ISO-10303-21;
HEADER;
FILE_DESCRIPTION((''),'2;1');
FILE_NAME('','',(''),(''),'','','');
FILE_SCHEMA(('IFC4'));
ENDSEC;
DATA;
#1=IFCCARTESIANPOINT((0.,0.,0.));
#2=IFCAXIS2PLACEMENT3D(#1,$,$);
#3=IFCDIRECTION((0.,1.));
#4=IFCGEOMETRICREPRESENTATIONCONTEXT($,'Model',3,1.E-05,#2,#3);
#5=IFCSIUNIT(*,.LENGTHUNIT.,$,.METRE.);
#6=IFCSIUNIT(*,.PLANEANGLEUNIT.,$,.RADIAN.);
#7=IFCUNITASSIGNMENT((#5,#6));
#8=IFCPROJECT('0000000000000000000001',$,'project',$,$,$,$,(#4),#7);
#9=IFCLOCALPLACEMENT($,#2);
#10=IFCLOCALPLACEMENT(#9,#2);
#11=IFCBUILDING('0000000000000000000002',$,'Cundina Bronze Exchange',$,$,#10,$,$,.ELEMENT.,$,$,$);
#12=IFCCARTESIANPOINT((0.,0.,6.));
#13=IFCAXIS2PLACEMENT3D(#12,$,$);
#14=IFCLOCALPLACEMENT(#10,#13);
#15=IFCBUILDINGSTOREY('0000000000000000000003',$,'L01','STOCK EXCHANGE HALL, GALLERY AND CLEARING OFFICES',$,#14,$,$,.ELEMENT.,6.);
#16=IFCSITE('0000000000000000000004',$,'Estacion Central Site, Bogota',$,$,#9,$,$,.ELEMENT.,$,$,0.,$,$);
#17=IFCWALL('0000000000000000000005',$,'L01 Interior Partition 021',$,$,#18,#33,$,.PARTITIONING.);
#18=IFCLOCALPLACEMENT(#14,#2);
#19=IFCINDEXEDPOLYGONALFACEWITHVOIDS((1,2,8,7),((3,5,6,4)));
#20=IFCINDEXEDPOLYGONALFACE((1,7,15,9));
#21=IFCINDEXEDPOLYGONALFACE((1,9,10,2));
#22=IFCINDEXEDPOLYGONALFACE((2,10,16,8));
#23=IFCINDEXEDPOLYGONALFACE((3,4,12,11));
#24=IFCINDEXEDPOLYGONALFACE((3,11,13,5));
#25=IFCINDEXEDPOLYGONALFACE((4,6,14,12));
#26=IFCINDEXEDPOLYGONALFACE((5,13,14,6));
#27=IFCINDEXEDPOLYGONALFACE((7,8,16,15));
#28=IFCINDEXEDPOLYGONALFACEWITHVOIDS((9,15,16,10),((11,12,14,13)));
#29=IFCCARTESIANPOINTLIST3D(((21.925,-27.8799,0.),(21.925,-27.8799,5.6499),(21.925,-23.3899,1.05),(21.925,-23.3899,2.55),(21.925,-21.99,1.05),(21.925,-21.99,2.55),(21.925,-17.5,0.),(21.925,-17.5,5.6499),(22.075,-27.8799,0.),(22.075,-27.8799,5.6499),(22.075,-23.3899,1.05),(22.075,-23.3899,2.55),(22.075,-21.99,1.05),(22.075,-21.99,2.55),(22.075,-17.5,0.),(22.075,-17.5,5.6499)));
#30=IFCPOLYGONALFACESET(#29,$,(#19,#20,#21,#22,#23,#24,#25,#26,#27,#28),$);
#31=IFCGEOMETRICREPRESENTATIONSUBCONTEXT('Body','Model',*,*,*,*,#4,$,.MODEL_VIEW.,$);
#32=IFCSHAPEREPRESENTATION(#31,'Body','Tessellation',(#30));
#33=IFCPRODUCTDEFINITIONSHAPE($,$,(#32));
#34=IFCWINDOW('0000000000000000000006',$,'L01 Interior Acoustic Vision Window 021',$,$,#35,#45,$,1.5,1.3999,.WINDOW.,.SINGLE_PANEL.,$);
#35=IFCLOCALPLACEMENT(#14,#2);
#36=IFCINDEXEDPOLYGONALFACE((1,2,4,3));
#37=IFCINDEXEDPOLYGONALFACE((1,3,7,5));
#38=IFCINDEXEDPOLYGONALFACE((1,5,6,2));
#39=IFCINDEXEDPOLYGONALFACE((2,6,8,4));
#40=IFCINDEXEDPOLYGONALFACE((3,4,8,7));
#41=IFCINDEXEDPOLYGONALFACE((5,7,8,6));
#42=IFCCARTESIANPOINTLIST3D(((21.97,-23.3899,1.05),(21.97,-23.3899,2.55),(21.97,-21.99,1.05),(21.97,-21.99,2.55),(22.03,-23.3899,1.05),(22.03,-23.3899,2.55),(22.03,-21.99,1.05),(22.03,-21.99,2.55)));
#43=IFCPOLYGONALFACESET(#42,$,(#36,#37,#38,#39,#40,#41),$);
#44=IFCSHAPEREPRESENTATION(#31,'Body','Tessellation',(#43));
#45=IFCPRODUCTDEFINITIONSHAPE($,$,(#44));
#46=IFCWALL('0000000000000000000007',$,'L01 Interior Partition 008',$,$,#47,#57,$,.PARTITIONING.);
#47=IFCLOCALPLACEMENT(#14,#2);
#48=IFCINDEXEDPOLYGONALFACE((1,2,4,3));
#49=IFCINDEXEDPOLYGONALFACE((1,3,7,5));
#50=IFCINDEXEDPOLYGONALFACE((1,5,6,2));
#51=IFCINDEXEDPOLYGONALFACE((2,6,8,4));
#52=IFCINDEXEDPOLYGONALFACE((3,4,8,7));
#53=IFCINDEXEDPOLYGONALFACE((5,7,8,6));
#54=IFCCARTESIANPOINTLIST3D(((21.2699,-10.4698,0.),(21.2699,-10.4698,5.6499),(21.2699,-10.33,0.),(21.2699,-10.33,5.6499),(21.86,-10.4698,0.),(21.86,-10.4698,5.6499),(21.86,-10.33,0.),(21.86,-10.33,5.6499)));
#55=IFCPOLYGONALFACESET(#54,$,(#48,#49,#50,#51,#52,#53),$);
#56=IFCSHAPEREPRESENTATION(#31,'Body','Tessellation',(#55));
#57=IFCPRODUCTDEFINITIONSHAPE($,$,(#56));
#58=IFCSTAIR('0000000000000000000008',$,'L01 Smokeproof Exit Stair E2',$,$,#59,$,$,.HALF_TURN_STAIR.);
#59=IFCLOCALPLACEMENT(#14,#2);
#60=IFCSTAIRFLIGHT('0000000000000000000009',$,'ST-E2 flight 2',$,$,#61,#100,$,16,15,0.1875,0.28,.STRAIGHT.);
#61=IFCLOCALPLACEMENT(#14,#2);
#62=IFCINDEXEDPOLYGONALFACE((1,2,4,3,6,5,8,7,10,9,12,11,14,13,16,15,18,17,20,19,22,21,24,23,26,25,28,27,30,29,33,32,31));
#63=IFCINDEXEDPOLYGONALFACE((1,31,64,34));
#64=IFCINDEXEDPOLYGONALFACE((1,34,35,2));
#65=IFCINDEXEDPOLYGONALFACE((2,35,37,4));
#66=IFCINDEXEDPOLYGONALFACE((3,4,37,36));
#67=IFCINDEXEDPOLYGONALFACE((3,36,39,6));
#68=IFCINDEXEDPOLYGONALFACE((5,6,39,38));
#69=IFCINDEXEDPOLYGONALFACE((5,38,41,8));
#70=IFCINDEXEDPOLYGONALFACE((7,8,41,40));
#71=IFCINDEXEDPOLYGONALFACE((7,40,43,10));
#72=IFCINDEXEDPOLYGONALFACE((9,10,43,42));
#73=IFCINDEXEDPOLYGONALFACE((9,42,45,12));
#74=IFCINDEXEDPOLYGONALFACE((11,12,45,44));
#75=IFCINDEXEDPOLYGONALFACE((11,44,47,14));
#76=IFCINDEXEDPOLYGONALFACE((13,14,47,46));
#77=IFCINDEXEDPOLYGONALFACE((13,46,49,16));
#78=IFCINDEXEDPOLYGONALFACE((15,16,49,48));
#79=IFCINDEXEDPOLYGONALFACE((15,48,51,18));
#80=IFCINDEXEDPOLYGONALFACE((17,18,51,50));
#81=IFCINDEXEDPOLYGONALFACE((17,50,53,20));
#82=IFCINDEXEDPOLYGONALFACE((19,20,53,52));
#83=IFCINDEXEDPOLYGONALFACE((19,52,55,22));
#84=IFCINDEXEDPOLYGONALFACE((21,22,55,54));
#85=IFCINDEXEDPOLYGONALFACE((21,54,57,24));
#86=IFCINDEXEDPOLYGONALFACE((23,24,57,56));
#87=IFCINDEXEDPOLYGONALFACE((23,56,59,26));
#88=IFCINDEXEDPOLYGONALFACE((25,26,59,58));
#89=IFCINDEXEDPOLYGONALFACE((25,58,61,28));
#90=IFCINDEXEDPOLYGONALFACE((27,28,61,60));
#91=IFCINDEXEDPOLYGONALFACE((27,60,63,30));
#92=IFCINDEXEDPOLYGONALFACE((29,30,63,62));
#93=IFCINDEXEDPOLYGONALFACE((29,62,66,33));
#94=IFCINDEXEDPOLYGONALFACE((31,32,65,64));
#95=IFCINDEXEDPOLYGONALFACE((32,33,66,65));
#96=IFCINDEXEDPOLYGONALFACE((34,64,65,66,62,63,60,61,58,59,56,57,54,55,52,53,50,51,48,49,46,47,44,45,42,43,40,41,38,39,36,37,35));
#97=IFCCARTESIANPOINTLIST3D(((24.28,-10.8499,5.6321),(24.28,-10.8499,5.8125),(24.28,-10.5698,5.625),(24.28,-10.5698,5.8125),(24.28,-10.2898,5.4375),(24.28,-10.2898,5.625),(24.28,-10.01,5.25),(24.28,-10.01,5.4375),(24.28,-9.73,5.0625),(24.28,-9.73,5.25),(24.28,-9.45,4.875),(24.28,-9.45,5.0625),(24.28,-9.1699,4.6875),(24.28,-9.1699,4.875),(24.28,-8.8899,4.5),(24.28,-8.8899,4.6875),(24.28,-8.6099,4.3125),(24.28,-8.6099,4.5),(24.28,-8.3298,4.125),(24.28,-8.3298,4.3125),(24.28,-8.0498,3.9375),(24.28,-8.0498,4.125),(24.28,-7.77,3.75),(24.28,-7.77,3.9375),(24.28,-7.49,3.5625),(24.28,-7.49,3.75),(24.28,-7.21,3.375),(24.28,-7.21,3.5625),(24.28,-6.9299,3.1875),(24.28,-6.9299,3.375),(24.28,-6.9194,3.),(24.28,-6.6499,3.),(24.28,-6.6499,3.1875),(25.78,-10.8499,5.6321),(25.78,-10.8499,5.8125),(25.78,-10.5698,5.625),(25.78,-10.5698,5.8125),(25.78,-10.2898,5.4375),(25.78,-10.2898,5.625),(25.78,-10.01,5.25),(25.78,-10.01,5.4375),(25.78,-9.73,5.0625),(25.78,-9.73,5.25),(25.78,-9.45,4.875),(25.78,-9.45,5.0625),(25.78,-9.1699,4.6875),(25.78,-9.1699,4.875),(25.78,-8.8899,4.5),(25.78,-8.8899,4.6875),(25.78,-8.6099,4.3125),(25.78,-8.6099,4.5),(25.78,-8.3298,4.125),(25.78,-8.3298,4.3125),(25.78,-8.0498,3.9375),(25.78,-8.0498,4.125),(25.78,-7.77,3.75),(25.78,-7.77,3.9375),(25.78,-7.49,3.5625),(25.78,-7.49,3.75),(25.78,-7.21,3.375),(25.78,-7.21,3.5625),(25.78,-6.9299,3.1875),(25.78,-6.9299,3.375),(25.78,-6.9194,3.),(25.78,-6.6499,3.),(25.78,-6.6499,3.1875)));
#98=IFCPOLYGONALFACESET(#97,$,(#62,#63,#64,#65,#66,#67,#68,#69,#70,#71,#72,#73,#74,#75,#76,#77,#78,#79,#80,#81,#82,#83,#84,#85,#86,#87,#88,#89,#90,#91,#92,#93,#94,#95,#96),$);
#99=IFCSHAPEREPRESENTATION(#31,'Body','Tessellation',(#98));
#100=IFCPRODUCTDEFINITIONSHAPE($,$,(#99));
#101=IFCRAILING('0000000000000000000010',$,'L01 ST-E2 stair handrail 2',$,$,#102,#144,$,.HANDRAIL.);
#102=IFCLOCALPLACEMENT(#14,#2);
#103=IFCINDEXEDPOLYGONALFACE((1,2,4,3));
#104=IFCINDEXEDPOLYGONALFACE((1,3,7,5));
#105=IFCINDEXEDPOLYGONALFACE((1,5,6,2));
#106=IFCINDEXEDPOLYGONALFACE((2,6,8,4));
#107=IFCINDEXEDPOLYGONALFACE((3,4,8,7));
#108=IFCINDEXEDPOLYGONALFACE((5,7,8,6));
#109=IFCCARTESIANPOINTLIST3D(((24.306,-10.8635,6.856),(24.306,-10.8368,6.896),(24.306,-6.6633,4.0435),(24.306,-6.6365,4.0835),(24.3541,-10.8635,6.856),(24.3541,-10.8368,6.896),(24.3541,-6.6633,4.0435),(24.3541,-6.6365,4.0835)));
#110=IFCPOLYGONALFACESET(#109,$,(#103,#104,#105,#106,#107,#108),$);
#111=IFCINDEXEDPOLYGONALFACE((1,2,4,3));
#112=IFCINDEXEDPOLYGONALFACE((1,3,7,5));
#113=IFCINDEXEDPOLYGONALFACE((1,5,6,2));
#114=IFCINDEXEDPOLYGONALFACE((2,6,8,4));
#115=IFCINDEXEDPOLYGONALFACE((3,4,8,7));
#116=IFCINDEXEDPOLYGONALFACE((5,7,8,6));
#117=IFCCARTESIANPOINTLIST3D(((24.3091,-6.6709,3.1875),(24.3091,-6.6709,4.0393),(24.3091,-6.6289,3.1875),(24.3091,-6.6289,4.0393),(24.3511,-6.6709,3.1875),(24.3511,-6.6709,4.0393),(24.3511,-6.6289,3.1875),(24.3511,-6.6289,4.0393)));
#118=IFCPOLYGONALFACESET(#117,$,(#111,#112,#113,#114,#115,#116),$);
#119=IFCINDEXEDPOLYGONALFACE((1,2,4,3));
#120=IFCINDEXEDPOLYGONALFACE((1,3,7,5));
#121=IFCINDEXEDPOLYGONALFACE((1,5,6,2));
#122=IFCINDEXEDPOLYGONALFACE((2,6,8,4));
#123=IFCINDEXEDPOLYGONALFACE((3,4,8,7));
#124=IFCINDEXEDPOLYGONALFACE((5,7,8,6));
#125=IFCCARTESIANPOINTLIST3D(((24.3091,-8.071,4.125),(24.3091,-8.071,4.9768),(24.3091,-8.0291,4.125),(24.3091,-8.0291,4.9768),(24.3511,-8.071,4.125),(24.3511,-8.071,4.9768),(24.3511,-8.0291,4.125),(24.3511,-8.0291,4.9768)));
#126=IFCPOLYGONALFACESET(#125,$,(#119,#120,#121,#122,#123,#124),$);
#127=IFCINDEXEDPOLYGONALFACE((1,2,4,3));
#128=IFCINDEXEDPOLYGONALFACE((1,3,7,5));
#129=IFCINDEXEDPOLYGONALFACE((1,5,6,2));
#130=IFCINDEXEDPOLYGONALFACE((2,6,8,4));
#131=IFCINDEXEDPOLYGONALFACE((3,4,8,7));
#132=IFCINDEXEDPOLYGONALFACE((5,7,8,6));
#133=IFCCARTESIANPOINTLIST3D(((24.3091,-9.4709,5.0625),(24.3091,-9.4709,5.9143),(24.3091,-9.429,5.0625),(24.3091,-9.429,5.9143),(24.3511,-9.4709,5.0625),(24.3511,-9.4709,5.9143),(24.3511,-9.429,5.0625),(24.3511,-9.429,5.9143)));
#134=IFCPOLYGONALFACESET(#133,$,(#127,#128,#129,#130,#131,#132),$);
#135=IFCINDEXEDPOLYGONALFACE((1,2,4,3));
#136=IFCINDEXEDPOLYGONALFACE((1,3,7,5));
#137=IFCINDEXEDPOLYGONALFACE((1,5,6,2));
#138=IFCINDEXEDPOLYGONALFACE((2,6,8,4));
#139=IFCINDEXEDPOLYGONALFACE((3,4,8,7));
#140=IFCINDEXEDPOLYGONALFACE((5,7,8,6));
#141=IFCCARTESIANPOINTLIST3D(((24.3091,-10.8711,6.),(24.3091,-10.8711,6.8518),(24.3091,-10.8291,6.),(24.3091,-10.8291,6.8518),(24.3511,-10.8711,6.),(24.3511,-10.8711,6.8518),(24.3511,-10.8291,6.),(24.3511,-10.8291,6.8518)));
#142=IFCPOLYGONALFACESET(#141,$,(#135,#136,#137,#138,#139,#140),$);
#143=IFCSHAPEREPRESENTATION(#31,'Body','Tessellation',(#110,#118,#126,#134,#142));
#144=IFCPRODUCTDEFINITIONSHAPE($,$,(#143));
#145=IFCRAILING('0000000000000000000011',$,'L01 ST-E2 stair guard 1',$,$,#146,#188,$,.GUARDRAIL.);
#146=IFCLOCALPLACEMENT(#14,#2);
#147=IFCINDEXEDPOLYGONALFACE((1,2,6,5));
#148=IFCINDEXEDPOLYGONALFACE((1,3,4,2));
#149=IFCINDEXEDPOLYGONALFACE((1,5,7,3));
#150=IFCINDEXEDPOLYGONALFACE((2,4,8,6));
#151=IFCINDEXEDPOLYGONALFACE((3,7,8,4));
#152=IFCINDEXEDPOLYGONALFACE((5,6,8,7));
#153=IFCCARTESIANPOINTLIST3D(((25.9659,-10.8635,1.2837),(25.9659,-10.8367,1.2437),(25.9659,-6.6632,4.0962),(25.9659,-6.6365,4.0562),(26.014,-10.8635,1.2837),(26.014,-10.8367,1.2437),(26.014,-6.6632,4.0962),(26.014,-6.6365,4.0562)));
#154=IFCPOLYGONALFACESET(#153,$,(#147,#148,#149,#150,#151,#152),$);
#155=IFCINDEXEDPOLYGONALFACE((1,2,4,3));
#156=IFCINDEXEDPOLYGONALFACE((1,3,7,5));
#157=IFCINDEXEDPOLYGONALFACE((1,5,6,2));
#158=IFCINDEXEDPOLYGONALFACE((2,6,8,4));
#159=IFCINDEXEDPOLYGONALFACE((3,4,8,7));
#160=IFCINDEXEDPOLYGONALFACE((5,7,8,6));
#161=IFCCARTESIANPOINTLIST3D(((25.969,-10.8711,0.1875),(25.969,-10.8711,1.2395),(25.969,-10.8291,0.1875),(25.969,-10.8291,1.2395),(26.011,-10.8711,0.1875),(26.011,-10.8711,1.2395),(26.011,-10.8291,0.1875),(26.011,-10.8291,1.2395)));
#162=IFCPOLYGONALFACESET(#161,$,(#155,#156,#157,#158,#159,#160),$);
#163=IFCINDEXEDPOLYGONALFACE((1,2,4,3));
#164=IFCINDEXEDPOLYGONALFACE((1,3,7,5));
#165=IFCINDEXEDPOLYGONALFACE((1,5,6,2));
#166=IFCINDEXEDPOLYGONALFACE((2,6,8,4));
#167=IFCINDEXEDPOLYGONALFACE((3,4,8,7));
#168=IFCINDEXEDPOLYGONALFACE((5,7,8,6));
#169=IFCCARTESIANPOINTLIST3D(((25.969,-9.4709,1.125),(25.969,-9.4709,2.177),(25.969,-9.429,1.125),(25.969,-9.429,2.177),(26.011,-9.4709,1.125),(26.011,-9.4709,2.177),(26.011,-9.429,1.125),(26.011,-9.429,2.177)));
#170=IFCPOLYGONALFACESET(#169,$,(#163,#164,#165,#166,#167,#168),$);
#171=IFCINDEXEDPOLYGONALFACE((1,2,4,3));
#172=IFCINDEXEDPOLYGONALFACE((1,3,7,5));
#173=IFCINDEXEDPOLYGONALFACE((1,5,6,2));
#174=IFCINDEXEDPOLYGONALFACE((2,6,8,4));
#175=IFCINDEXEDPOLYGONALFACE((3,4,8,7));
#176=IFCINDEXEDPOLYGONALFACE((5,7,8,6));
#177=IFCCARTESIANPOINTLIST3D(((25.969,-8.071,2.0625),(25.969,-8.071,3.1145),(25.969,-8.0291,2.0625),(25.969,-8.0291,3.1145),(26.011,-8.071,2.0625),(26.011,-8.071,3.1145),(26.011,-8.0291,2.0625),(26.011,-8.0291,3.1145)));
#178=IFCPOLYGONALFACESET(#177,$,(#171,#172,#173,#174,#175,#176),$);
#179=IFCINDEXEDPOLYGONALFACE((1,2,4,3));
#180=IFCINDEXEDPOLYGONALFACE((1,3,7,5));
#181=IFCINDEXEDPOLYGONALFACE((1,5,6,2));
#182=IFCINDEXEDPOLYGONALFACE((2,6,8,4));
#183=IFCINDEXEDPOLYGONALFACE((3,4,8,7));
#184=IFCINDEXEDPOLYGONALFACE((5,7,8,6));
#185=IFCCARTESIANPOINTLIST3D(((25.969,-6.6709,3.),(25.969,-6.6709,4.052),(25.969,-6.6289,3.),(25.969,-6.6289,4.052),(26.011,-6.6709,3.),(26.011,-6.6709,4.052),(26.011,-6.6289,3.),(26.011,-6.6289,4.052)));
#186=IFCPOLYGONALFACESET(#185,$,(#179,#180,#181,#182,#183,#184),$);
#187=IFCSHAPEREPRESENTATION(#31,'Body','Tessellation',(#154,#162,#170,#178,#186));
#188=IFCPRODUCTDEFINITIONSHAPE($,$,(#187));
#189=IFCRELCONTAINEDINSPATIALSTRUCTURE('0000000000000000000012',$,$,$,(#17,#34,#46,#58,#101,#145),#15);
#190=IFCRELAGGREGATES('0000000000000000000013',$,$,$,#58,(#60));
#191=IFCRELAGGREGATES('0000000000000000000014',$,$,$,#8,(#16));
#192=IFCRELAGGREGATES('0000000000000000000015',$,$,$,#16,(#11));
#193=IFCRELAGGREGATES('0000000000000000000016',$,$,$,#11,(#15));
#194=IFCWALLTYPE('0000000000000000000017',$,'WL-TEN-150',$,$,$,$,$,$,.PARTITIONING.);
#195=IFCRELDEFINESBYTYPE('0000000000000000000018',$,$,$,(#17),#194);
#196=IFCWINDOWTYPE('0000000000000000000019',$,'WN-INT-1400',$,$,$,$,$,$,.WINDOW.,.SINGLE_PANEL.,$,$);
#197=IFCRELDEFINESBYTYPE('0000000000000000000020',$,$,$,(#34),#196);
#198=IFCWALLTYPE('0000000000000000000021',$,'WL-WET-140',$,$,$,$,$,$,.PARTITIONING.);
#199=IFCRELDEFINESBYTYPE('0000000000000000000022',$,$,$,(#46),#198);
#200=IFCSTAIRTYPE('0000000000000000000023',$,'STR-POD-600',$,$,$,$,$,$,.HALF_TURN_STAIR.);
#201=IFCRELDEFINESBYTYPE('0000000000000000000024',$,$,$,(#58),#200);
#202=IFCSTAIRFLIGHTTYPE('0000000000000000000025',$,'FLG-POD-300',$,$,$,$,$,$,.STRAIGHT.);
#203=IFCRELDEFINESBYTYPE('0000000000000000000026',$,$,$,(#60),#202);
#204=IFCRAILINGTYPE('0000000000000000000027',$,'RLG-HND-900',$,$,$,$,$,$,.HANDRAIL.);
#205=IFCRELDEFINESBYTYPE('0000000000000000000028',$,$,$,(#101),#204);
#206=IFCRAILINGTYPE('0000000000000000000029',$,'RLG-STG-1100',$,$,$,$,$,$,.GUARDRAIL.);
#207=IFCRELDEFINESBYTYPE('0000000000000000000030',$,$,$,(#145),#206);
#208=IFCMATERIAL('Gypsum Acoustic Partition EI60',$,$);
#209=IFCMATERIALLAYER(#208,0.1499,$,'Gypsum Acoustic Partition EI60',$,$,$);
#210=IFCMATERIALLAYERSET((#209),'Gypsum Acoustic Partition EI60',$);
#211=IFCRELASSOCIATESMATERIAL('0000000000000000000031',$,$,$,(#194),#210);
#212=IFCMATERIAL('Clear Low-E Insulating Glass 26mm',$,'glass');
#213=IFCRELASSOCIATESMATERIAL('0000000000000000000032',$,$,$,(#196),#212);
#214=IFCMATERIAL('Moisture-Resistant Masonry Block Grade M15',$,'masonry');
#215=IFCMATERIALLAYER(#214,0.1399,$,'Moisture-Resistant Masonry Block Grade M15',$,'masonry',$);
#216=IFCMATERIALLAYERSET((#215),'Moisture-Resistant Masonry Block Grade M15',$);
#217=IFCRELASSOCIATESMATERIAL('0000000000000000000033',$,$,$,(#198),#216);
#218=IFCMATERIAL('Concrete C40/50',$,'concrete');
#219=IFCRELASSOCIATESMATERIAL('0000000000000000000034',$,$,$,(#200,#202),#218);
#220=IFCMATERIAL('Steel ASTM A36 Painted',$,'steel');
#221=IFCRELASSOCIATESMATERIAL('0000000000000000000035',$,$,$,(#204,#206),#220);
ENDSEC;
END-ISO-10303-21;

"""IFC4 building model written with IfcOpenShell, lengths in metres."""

from ifc_helpers import new_model, si_unit, direction, frame, frame_2d, origin, origin_2d, place, context, subcontext, project, spatial, polyline, rectangle, outline, extrude, material, layer, layer_set, type_object, element, fill, aggregate, save


model = new_model("IFC4")

# Units and contexts
model_context = context("Model", 3, precision=1e-05, world=origin(), true_north=direction((0.0, 1.0)))
body_context = subcontext(model_context, "Body", "Model", "MODEL_VIEW")
ifc_project = project(units=[si_unit("LENGTHUNIT", "METRE"), si_unit("PLANEANGLEUNIT", "RADIAN")], contexts=[model_context])

# Site, building, storey
site_placement = place(None, origin())
site = spatial("IfcSite", under=ifc_project, at=site_placement, Name="Estacion Central Site, Bogota", CompositionType="ELEMENT", RefElevation=0.0)
building_placement = place(site_placement, origin())
building = spatial("IfcBuilding", under=site, at=building_placement, Name="Cundina Bronze Exchange", CompositionType="ELEMENT")
storey_placement = place(building_placement, frame((0.0, 0.0, 6.0)))
storey = spatial("IfcBuildingStorey", under=building, at=storey_placement, Name="L01", Description="STOCK EXCHANGE HALL, GALLERY AND CLEARING OFFICES", CompositionType="ELEMENT", Elevation=6.0)

# Shared definitions
ifc_material_1 = material(Name="Concrete C40/50", Category="concrete")

# Shared definitions
ifc_material_2 = material(Name="Steel ASTM A36 Painted", Category="steel")

# Wall, opening, window
ifc_material_3 = material(Name="Gypsum Acoustic Partition EI60")
ifc_layer_1 = layer(ifc_material_3, 0.1499, Name="Gypsum Acoustic Partition EI60")
ifc_layer_set_1 = layer_set([ifc_layer_1], Name="Gypsum Acoustic Partition EI60")
wall_type_1 = type_object("IfcWallType", Name="WL-TEN-150", PredefinedType="PARTITIONING", material=ifc_layer_set_1)
wall_1_placement = place(storey_placement, frame((22.0, -27.8799, 0.0), z_axis=(0.0, 0.0, 1.0), x_axis=(0.0, 1.0, 0.0)))
wall_1 = element("IfcWall", 1, at=wall_1_placement, inside=storey, type_object=wall_type_1, Name="L01 Interior Partition 021", PredefinedType="PARTITIONING", context=body_context, shape_type="SweptSolid", body=[
    extrude(rectangle(XDim=10.3799, YDim=0.1499, at=frame_2d((5.1899, 0.0))), origin(), (0.0, 0.0, 1.0), 5.6499),
])
opening_1_placement = place(wall_1_placement, frame((4.49, 0.0, 1.05)))
opening_1 = element("IfcOpeningElement", 2, at=opening_1_placement, cuts=wall_1, PredefinedType="OPENING", context=body_context, shape_type="SweptSolid", body=[
    extrude(rectangle(XDim=1.3999, YDim=1.5, at=frame_2d((0.7, 0.75))), frame((0.0, 0.085, 0.0), z_axis=(0.0, -1.0, 0.0), x_axis=(1.0, 0.0, 0.0)), (0.0, 0.0, 1.0), 0.1699),
])
ifc_material_4 = material(Name="Clear Low-E Insulating Glass 26mm", Category="glass")
window_type_1 = type_object("IfcWindowType", Name="WN-INT-1400", PartitioningType="SINGLE_PANEL", PredefinedType="WINDOW", material=ifc_material_4)
window_1_placement = place(opening_1_placement, origin())
window_1 = element("IfcWindow", 3, at=window_1_placement, inside=storey, type_object=window_type_1, Name="L01 Interior Acoustic Vision Window 021", OverallHeight=1.5, OverallWidth=1.3999, PartitioningType="SINGLE_PANEL", PredefinedType="WINDOW", context=body_context, shape_type="SweptSolid", body=[
    extrude(rectangle(XDim=1.3999, YDim=1.5, at=frame_2d((0.7, 0.75))), frame((0.0, 0.03, 0.0), z_axis=(0.0, -1.0, 0.0), x_axis=(1.0, 0.0, 0.0)), (0.0, 0.0, 1.0), 0.0601),
])
fill(opening_1, window_1)

# Wall
ifc_material_5 = material(Name="Moisture-Resistant Masonry Block Grade M15", Category="masonry")
ifc_layer_2 = layer(ifc_material_5, 0.1399, Name="Moisture-Resistant Masonry Block Grade M15", Category="masonry")
ifc_layer_set_2 = layer_set([ifc_layer_2], Name="Moisture-Resistant Masonry Block Grade M15")
wall_type_2 = type_object("IfcWallType", Name="WL-WET-140", PredefinedType="PARTITIONING", material=ifc_layer_set_2)
wall_2_placement = place(storey_placement, frame((21.27, -10.3999, 0.0), z_axis=(0.0, 0.0, 1.0), x_axis=(1.0, 0.0, 0.0)))
element("IfcWall", 4, at=wall_2_placement, inside=storey, type_object=wall_type_2, Name="L01 Interior Partition 008", PredefinedType="PARTITIONING", context=body_context, shape_type="SweptSolid", body=[
    extrude(rectangle(XDim=0.5901, YDim=0.1399, at=frame_2d((0.2949, 0.0))), origin(), (0.0, 0.0, 1.0), 5.6499),
])

# Stair, stair flight
stair_type = type_object("IfcStairType", Name="STR-POD-600", PredefinedType="HALF_TURN_STAIR", material=ifc_material_1)
stair_placement = place(storey_placement, origin())
stair = element("IfcStair", 5, at=stair_placement, inside=storey, type_object=stair_type, Name="L01 Smokeproof Exit Stair E2", PredefinedType="HALF_TURN_STAIR")
stair_flight_type = type_object("IfcStairFlightType", Name="FLG-POD-300", PredefinedType="STRAIGHT", material=ifc_material_1)
stair_flight_placement = place(storey_placement, frame((25.03, -6.6499, 3.0), z_axis=(0.0, 0.0, 1.0), x_axis=(0.0, -1.0, 0.0)))
stair_flight = element("IfcStairFlight", 6, at=stair_flight_placement, type_object=stair_flight_type, Name="ST-E2 flight 2", NumberOfRisers=16, NumberOfTreads=15, PredefinedType="STRAIGHT", RiserHeight=0.1875, TreadLength=0.28, context=body_context, shape_type="SweptSolid", body=[
    extrude(outline(polyline([(0.0, 0.0), (0.0, 0.1875), (0.28, 0.1875), (0.28, 0.375), (0.5601, 0.375), (0.5601, 0.5625), (0.8401, 0.5625), (0.8401, 0.75), (1.1201, 0.75), (1.1201, 0.9375), (1.3999, 0.9375), (1.3999, 1.125), (1.6799, 1.125), (1.6799, 1.3125), (1.96, 1.3125), (1.96, 1.5), (2.24, 1.5), (2.24, 1.6875), (2.52, 1.6875), (2.52, 1.875), (2.8, 1.875), (2.8, 2.0625), (3.0801, 2.0625), (3.0801, 2.25), (3.3601, 2.25), (3.3601, 2.4375), (3.6399, 2.4375), (3.6399, 2.625), (3.9199, 2.625), (3.9199, 2.8125), (4.2, 2.8125), (4.2, 3.0), (4.2, 2.6321), (0.2695, 0.0), (0.0, 0.0)])), frame((0.0, 0.75, 0.0), z_axis=(0.0, -1.0, 0.0), x_axis=(1.0, 0.0, 0.0)), (0.0, 0.0, 1.0), 1.5),
])
aggregate(stair, [stair_flight])

# Railings
railing_type_1 = type_object("IfcRailingType", Name="RLG-HND-900", PredefinedType="HANDRAIL", material=ifc_material_2)
railing_1_placement = place(storey_placement, frame((24.3301, -6.6499, 3.1875)))
element("IfcRailing", 7, at=railing_1_placement, inside=storey, type_object=railing_type_1, Name="L01 ST-E2 stair handrail 2", PredefinedType="HANDRAIL", context=body_context, shape_type="SweptSolid", body=[
    extrude(rectangle(XDim=0.0481, YDim=0.0481, at=origin_2d()), frame((0.0, 0.0, 0.876), z_axis=(0.0, -0.830919, 0.556393), x_axis=(1.0, 0.0, 0.0)), (0.0, 0.0, 1.0), 5.0549),
    extrude(rectangle(XDim=0.042, YDim=0.042, at=origin_2d()), origin(), (0.0, 0.0, 1.0), 0.8518),
    extrude(rectangle(XDim=0.042, YDim=0.042, at=origin_2d()), frame((0.0, -1.4001, 0.9375)), (0.0, 0.0, 1.0), 0.8518),
    extrude(rectangle(XDim=0.042, YDim=0.042, at=origin_2d()), frame((0.0, -2.8, 1.875)), (0.0, 0.0, 1.0), 0.8518),
    extrude(rectangle(XDim=0.042, YDim=0.042, at=origin_2d()), frame((0.0, -4.2002, 2.8125)), (0.0, 0.0, 1.0), 0.8518),
])
railing_type_2 = type_object("IfcRailingType", Name="RLG-STG-1100", PredefinedType="GUARDRAIL", material=ifc_material_2)
railing_2_placement = place(storey_placement, frame((25.99, -10.8501, 0.1875)))
element("IfcRailing", 8, at=railing_2_placement, inside=storey, type_object=railing_type_2, Name="L01 ST-E2 stair guard 1", PredefinedType="GUARDRAIL", context=body_context, shape_type="SweptSolid", body=[
    extrude(rectangle(XDim=0.0481, YDim=0.0481, at=origin_2d()), frame((0.0, 0.0, 1.0762), z_axis=(0.0, 0.830919, 0.556393), x_axis=(-1.0, 0.0, 0.0)), (0.0, 0.0, 1.0), 5.0549),
    extrude(rectangle(XDim=0.042, YDim=0.042, at=origin_2d()), origin(), (0.0, 0.0, 1.0), 1.052),
    extrude(rectangle(XDim=0.042, YDim=0.042, at=origin_2d()), frame((0.0, 1.4001, 0.9375)), (0.0, 0.0, 1.0), 1.052),
    extrude(rectangle(XDim=0.042, YDim=0.042, at=origin_2d()), frame((0.0, 2.8, 1.875)), (0.0, 0.0, 1.0), 1.052),
    extrude(rectangle(XDim=0.042, YDim=0.042, at=origin_2d()), frame((0.0, 4.2002, 2.8125)), (0.0, 0.0, 1.0), 1.052),
])

save(model, "model.ifc")
